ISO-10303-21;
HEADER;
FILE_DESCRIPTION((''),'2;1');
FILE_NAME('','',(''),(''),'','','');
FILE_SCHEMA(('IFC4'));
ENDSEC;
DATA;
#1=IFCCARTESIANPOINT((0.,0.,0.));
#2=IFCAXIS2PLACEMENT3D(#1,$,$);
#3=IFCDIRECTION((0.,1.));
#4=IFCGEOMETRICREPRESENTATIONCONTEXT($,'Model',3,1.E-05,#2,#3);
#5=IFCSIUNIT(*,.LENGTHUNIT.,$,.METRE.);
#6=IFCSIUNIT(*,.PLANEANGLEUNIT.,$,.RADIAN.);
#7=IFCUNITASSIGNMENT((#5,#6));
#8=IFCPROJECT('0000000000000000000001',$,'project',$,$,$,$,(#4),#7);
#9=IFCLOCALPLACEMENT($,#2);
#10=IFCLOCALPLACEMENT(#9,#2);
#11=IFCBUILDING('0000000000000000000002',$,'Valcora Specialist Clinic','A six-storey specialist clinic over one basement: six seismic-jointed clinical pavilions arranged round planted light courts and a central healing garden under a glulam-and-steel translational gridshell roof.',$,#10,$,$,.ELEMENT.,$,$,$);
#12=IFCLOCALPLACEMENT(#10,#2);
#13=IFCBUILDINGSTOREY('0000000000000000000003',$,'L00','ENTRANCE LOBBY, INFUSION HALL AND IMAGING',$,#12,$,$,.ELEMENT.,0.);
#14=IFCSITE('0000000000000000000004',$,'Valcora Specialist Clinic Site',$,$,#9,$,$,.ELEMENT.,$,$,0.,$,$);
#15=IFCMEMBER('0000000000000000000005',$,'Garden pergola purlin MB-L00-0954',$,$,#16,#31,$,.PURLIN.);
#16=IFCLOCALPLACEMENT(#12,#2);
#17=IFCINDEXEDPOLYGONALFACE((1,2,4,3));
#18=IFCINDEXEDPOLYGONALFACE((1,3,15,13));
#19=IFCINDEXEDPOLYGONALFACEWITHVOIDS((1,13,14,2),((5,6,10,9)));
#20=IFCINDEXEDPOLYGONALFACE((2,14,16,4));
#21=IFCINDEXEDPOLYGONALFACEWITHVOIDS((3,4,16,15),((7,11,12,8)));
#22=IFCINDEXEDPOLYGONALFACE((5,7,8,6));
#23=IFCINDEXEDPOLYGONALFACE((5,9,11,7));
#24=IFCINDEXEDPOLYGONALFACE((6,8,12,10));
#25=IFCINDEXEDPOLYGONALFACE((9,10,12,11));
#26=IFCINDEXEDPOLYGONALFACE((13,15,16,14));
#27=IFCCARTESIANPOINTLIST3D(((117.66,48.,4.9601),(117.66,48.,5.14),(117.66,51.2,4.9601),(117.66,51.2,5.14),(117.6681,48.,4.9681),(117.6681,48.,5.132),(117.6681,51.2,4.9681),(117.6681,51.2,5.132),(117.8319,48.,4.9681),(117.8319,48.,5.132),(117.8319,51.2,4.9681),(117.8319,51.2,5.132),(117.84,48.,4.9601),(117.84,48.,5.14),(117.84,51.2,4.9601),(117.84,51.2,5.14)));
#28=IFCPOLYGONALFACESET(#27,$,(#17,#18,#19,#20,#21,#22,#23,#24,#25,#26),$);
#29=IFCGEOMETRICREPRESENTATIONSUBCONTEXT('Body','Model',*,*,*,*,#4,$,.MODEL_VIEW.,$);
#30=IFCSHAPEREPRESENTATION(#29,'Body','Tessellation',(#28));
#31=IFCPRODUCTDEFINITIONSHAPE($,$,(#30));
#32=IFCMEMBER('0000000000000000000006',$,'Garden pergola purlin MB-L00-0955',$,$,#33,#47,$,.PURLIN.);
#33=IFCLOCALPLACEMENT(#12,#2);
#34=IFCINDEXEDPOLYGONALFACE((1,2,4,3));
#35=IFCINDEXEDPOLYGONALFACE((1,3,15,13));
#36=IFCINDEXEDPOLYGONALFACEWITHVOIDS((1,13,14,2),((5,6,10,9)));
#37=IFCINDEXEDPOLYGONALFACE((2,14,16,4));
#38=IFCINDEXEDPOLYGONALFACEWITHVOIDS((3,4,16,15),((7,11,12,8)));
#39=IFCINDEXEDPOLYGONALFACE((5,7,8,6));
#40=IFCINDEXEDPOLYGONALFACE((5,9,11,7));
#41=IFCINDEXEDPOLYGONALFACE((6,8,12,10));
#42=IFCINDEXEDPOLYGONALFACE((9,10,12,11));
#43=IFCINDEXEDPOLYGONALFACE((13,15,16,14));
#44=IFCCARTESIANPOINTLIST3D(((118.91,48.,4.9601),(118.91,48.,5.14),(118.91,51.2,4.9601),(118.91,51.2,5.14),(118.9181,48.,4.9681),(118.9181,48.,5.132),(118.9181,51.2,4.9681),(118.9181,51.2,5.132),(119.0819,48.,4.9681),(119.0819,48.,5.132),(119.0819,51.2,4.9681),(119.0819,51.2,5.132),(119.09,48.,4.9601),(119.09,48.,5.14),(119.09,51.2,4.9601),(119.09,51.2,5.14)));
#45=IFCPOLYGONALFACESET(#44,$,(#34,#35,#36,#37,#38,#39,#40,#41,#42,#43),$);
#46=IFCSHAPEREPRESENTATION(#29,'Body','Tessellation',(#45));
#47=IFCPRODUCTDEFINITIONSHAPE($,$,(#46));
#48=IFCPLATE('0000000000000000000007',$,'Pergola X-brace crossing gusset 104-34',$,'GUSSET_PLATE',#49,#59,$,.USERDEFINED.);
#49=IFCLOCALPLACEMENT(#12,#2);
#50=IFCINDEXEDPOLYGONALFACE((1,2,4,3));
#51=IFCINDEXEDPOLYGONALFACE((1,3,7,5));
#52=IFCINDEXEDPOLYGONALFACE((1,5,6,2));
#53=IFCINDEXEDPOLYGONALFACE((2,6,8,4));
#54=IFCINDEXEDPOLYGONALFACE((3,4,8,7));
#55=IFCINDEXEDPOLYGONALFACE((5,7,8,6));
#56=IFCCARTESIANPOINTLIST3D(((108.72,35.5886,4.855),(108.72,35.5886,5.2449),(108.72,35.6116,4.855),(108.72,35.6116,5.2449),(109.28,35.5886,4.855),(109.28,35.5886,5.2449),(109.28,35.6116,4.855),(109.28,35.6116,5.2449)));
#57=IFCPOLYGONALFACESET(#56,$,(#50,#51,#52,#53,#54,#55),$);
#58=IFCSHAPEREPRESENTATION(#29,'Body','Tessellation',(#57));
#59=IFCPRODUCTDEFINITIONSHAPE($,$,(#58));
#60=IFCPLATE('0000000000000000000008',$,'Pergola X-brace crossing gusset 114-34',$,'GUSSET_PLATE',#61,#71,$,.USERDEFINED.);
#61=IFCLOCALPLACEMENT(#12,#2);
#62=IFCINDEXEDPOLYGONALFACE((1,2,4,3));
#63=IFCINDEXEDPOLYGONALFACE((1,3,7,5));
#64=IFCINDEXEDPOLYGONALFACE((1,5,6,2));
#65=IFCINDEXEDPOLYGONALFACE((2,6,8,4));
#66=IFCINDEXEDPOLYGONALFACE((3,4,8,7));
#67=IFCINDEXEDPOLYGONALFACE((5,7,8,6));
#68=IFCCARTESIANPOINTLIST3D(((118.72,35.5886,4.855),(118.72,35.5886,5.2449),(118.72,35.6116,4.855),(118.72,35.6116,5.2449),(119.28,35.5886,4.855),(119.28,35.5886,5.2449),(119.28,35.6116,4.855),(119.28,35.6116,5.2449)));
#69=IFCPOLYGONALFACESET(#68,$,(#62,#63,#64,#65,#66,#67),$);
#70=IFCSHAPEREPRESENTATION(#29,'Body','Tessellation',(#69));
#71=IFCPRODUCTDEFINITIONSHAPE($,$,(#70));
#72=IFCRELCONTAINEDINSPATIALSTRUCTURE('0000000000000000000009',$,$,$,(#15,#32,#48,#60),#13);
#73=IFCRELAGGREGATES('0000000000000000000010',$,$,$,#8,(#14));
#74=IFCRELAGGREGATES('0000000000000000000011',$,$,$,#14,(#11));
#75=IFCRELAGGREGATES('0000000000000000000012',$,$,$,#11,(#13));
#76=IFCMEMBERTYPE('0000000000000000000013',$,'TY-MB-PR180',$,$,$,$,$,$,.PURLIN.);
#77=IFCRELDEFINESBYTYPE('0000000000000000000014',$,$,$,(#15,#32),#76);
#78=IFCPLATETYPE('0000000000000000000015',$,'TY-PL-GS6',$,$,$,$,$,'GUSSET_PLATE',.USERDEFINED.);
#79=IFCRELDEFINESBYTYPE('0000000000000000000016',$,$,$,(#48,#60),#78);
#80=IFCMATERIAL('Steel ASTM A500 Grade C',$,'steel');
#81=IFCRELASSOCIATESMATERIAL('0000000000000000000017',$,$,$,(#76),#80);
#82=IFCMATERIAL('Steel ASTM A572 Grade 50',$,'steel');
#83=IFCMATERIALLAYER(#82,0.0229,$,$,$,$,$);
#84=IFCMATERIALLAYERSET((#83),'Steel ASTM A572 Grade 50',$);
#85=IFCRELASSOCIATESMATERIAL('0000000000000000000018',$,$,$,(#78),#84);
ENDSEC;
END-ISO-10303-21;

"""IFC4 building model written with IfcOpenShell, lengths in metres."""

from ifc_helpers import new_model, si_unit, direction, frame, origin, origin_2d, place, context, subcontext, project, spatial, rectangle, hollow_rectangle, extrude, material, layer, layer_set, material_profile, profile_set, type_object, element, save


model = new_model("IFC4")

# Units and contexts
model_context = context("Model", 3, precision=1e-05, world=origin(), true_north=direction((0.0, 1.0)))
body_context = subcontext(model_context, "Body", "Model", "MODEL_VIEW")
ifc_project = project(units=[si_unit("LENGTHUNIT", "METRE"), si_unit("PLANEANGLEUNIT", "RADIAN")], contexts=[model_context])

# Site, building, storey
site_placement = place(None, origin())
site = spatial("IfcSite", under=ifc_project, at=site_placement, Name="Valcora Specialist Clinic Site", CompositionType="ELEMENT", RefElevation=0.0)
building_placement = place(site_placement, origin())
building = spatial("IfcBuilding", under=site, at=building_placement, Name="Valcora Specialist Clinic", Description="A six-storey specialist clinic over one basement: six seismic-jointed clinical pavilions arranged round planted light courts and a central healing garden under a glulam-and-steel translational gridshell roof.", CompositionType="ELEMENT")
storey_placement = place(building_placement, origin())
storey = spatial("IfcBuildingStorey", under=building, at=storey_placement, Name="L00", Description="ENTRANCE LOBBY, INFUSION HALL AND IMAGING", CompositionType="ELEMENT", Elevation=0.0)

# Members
ifc_material_1 = material(Name="Steel ASTM A500 Grade C", Category="steel")
ifc_material_profile_1 = material_profile(ifc_material_1, hollow_rectangle(XDim=0.1799, YDim=0.1799, WallThickness=0.0081, at=origin_2d()), Name="ST-RHS-180X180X8")
ifc_profile_set_1 = profile_set([ifc_material_profile_1], Name="Steel ASTM A500 Grade C")
member_type_1 = type_object("IfcMemberType", Name="TY-MB-PR180", PredefinedType="PURLIN", material=ifc_profile_set_1)
for number, where, z_axis, x_axis, name in (
    (1, (117.75, 48.0, 5.05), (0.0, 1.0, 0.0), (-1.0, 0.0, 0.0), "Garden pergola purlin MB-L00-0954"),
    (2, (119.0, 48.0, 5.05), (0.0, 1.0, 0.0), (-1.0, 0.0, 0.0), "Garden pergola purlin MB-L00-0955"),
):
    element("IfcMember", number, at=place(storey_placement, frame(where, z_axis=z_axis, x_axis=x_axis)), inside=storey, type_object=member_type_1, Name=name, PredefinedType="PURLIN", context=body_context, shape_type="SweptSolid", body=[
        extrude(hollow_rectangle(XDim=0.1799, YDim=0.1799, WallThickness=0.0081, at=origin_2d()), origin(), (0.0, 0.0, 1.0), 3.2),
    ])

# Plates
ifc_material_2 = material(Name="Steel ASTM A572 Grade 50", Category="steel")
ifc_layer = layer(ifc_material_2, 0.0229)
ifc_layer_set = layer_set([ifc_layer], Name="Steel ASTM A572 Grade 50")
plate_type = type_object("IfcPlateType", Name="TY-PL-GS6", ElementType="GUSSET_PLATE", PredefinedType="USERDEFINED", material=ifc_layer_set)
for number, where, z_axis, x_axis, name in (
    (3, (109.0, 35.6001, 4.855), (0.0, 0.0, 1.0), (1.0, 0.0, 0.0), "Pergola X-brace crossing gusset 104-34"),
    (4, (119.0, 35.6001, 4.855), (0.0, 0.0, 1.0), (1.0, 0.0, 0.0), "Pergola X-brace crossing gusset 114-34"),
):
    element("IfcPlate", number, at=place(storey_placement, frame(where, z_axis=z_axis, x_axis=x_axis)), inside=storey, type_object=plate_type, Name=name, ObjectType="GUSSET_PLATE", PredefinedType="USERDEFINED", context=body_context, shape_type="SweptSolid", body=[
        extrude(rectangle(XDim=0.5601, YDim=0.0229, at=origin_2d()), origin(), (0.0, 0.0, 1.0), 0.3899),
    ])

save(model, "model.ifc")
